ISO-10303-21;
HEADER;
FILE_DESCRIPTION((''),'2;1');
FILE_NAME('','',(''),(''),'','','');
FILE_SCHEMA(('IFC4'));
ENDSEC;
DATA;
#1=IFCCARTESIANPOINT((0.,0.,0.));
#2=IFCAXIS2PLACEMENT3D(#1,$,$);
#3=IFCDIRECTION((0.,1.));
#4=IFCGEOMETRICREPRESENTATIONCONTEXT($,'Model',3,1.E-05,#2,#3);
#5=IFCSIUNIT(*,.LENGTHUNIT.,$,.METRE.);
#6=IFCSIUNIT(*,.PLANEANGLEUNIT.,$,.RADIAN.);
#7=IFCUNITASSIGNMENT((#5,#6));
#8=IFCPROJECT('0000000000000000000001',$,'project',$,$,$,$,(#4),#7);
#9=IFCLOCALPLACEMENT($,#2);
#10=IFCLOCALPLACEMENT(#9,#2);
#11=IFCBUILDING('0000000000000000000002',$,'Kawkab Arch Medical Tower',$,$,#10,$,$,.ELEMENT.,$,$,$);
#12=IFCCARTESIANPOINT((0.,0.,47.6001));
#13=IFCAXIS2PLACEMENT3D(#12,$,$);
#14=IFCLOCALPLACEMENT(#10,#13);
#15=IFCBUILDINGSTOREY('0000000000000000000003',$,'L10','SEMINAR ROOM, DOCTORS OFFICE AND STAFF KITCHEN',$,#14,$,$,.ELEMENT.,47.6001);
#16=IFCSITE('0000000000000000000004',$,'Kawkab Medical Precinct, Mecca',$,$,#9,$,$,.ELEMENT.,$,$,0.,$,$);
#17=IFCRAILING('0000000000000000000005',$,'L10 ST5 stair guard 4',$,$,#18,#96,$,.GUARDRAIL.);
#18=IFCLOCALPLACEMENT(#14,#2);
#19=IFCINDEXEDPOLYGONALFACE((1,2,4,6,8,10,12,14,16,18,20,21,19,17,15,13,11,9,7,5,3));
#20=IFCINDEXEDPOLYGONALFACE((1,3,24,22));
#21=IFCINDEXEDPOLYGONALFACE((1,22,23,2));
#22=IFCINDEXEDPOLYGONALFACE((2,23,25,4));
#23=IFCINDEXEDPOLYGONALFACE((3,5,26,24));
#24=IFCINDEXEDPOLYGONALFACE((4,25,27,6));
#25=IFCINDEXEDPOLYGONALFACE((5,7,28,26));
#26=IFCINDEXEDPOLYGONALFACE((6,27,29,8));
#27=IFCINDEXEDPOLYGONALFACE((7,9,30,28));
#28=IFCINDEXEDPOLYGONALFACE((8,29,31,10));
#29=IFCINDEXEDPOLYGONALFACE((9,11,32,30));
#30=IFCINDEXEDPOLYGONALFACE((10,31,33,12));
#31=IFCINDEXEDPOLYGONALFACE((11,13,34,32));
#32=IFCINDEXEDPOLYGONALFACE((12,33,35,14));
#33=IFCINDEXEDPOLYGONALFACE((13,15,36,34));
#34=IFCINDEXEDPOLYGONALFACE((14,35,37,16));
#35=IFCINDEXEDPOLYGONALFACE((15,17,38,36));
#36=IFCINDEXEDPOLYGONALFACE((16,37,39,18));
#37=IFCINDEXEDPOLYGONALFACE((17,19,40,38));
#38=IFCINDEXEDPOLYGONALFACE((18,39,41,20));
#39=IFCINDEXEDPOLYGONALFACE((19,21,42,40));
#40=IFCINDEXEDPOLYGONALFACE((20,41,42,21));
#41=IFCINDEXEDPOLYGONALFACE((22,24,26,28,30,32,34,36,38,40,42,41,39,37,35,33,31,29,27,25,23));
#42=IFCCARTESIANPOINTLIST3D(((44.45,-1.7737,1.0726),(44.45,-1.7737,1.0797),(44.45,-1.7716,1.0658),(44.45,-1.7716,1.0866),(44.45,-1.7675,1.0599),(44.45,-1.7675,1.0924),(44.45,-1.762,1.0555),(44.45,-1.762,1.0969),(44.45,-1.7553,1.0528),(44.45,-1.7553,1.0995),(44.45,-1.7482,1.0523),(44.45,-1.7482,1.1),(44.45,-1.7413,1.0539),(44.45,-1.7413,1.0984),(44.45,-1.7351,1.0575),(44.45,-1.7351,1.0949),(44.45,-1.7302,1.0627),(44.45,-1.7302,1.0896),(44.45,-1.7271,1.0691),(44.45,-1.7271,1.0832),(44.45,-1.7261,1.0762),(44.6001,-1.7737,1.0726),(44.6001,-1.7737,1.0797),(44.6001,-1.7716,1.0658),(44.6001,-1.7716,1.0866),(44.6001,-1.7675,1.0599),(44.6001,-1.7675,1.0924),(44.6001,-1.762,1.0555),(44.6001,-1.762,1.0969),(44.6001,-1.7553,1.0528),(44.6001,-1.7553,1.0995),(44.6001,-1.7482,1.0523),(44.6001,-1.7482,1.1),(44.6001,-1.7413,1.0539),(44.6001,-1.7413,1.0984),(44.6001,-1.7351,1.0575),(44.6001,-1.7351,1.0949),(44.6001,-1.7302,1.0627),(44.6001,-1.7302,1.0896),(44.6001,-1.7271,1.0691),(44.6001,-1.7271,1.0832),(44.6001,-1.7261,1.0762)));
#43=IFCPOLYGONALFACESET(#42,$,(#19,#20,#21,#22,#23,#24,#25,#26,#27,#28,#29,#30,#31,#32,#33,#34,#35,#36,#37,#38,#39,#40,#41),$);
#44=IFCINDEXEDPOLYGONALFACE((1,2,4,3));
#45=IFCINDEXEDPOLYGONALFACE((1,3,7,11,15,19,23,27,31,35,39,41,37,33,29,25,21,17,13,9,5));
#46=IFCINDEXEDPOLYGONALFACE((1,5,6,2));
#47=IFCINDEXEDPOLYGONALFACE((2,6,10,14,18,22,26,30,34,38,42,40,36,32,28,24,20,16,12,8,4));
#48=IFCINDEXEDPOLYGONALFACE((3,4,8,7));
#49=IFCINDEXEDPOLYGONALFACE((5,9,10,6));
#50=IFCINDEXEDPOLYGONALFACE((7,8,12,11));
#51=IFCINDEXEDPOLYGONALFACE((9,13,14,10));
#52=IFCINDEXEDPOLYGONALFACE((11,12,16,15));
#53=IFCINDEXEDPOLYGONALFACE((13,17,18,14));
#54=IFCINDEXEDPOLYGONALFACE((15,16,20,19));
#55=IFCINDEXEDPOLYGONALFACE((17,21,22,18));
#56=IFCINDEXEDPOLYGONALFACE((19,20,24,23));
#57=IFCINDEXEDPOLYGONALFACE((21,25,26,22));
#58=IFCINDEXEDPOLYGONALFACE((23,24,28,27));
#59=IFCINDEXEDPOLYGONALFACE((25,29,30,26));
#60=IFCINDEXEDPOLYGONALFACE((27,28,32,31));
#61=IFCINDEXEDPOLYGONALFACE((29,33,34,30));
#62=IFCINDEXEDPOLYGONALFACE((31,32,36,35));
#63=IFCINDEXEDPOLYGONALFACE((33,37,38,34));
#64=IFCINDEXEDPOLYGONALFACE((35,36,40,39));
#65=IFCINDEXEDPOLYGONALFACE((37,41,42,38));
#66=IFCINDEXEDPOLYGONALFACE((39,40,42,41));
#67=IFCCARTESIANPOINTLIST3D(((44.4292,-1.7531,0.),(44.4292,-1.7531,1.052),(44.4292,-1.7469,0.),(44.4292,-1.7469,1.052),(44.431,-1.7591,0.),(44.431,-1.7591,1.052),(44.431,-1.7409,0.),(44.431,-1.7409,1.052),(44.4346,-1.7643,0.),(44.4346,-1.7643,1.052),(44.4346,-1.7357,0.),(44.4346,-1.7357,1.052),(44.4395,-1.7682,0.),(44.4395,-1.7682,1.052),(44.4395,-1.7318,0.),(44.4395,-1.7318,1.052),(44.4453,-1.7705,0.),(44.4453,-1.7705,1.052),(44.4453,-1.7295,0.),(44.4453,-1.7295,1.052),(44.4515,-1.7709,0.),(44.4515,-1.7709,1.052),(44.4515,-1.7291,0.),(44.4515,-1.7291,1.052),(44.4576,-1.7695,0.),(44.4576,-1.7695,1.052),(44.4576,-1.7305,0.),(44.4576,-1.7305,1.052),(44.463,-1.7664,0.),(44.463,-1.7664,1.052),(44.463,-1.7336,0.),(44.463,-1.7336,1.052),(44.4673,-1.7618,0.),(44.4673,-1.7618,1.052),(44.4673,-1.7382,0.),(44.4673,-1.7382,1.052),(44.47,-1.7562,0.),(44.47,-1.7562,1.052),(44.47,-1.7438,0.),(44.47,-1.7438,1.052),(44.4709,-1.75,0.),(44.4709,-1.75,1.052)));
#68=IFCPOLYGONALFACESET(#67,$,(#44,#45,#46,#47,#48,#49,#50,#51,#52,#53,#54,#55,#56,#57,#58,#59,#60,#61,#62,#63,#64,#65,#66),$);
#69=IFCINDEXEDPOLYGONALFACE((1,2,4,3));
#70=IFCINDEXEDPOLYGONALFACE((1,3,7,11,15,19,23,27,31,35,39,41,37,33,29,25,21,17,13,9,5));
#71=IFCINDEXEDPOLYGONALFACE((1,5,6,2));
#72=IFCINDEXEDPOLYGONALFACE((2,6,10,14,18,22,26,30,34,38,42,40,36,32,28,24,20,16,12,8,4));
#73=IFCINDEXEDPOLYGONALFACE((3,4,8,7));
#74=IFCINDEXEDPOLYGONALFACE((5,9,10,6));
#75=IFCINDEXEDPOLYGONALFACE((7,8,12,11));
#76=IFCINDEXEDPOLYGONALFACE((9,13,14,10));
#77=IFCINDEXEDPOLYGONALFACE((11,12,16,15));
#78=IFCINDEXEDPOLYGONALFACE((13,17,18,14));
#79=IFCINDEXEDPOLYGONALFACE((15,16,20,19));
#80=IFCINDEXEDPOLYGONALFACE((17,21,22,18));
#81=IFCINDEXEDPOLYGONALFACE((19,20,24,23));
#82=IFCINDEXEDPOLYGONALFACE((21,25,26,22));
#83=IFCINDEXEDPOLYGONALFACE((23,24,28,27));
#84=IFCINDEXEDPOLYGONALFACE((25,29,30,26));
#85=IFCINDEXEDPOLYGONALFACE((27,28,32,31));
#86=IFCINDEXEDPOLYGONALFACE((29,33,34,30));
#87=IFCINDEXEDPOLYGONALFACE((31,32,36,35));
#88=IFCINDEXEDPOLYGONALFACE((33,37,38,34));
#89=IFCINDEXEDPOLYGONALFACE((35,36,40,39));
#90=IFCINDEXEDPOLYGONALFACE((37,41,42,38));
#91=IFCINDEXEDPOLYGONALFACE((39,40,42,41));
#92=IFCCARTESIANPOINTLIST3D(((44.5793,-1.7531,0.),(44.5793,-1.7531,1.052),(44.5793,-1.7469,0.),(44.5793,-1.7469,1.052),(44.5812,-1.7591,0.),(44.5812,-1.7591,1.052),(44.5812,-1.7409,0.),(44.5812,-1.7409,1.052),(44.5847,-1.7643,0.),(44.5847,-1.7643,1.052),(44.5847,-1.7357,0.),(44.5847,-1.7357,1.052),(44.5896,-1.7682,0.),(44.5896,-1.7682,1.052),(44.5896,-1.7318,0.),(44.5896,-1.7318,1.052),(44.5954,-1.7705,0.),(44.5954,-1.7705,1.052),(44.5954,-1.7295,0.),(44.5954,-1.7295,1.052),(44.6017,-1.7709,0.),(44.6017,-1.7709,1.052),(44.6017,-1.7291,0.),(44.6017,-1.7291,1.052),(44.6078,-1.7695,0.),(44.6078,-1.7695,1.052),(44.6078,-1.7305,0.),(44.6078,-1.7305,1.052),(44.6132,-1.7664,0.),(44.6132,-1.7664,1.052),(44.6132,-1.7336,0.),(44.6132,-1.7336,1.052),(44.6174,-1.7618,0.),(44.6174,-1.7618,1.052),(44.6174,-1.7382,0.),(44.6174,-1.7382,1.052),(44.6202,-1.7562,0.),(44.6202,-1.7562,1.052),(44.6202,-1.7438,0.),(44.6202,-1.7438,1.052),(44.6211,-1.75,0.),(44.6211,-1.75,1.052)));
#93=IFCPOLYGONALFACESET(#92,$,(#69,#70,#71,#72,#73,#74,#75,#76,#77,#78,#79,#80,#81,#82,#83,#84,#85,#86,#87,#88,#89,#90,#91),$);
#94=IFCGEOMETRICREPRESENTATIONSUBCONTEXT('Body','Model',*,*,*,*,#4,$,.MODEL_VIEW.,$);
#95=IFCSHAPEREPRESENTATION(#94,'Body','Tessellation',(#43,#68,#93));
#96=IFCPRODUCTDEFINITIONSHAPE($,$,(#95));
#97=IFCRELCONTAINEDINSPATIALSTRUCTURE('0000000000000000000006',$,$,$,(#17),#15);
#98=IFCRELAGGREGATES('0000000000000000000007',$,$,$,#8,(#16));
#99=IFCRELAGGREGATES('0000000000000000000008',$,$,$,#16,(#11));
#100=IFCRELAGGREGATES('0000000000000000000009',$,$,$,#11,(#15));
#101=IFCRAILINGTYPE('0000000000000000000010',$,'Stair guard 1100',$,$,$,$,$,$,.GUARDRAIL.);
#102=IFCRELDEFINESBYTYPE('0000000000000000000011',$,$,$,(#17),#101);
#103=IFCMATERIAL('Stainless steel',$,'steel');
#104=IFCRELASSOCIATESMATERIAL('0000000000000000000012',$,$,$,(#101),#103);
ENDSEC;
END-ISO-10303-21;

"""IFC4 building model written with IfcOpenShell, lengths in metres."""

from ifc_helpers import new_model, si_unit, direction, frame, origin, origin_2d, place, context, subcontext, project, spatial, circle, extrude, material, type_object, element, save


model = new_model("IFC4")

# Units and contexts
model_context = context("Model", 3, precision=1e-05, world=origin(), true_north=direction((0.0, 1.0)))
body_context = subcontext(model_context, "Body", "Model", "MODEL_VIEW")
ifc_project = project(units=[si_unit("LENGTHUNIT", "METRE"), si_unit("PLANEANGLEUNIT", "RADIAN")], contexts=[model_context])

# Site, building, storey
site_placement = place(None, origin())
site = spatial("IfcSite", under=ifc_project, at=site_placement, Name="Kawkab Medical Precinct, Mecca", CompositionType="ELEMENT", RefElevation=0.0)
building_placement = place(site_placement, origin())
building = spatial("IfcBuilding", under=site, at=building_placement, Name="Kawkab Arch Medical Tower", CompositionType="ELEMENT")
storey_placement = place(building_placement, frame((0.0, 0.0, 47.6001)))
storey = spatial("IfcBuildingStorey", under=building, at=storey_placement, Name="L10", Description="SEMINAR ROOM, DOCTORS OFFICE AND STAFF KITCHEN", CompositionType="ELEMENT", Elevation=47.6001)

# Railing
ifc_material_1 = material(Name="Stainless steel", Category="steel")
railing_type = type_object("IfcRailingType", Name="Stair guard 1100", PredefinedType="GUARDRAIL", material=ifc_material_1)
railing_1_placement = place(storey_placement, frame((44.45, -1.75, 0.0)))
element("IfcRailing", 1, at=railing_1_placement, inside=storey, type_object=railing_type, Name="L10 ST5 stair guard 4", PredefinedType="GUARDRAIL", context=body_context, shape_type="SweptSolid", body=[
    extrude(circle(Radius=0.0239, at=origin_2d()), frame((0.0, 0.0, 1.0762), z_axis=(1.0, 0.0, 0.0), x_axis=(0.0, 1.0, 0.0)), (0.0, 0.0, 1.0), 0.1501),
    extrude(circle(Radius=0.021, at=origin_2d()), origin(), (0.0, 0.0, 1.0), 1.052),
    extrude(circle(Radius=0.021, at=origin_2d()), frame((0.1501, 0.0, 0.0)), (0.0, 0.0, 1.0), 1.052),
])

save(model, "model.ifc")
